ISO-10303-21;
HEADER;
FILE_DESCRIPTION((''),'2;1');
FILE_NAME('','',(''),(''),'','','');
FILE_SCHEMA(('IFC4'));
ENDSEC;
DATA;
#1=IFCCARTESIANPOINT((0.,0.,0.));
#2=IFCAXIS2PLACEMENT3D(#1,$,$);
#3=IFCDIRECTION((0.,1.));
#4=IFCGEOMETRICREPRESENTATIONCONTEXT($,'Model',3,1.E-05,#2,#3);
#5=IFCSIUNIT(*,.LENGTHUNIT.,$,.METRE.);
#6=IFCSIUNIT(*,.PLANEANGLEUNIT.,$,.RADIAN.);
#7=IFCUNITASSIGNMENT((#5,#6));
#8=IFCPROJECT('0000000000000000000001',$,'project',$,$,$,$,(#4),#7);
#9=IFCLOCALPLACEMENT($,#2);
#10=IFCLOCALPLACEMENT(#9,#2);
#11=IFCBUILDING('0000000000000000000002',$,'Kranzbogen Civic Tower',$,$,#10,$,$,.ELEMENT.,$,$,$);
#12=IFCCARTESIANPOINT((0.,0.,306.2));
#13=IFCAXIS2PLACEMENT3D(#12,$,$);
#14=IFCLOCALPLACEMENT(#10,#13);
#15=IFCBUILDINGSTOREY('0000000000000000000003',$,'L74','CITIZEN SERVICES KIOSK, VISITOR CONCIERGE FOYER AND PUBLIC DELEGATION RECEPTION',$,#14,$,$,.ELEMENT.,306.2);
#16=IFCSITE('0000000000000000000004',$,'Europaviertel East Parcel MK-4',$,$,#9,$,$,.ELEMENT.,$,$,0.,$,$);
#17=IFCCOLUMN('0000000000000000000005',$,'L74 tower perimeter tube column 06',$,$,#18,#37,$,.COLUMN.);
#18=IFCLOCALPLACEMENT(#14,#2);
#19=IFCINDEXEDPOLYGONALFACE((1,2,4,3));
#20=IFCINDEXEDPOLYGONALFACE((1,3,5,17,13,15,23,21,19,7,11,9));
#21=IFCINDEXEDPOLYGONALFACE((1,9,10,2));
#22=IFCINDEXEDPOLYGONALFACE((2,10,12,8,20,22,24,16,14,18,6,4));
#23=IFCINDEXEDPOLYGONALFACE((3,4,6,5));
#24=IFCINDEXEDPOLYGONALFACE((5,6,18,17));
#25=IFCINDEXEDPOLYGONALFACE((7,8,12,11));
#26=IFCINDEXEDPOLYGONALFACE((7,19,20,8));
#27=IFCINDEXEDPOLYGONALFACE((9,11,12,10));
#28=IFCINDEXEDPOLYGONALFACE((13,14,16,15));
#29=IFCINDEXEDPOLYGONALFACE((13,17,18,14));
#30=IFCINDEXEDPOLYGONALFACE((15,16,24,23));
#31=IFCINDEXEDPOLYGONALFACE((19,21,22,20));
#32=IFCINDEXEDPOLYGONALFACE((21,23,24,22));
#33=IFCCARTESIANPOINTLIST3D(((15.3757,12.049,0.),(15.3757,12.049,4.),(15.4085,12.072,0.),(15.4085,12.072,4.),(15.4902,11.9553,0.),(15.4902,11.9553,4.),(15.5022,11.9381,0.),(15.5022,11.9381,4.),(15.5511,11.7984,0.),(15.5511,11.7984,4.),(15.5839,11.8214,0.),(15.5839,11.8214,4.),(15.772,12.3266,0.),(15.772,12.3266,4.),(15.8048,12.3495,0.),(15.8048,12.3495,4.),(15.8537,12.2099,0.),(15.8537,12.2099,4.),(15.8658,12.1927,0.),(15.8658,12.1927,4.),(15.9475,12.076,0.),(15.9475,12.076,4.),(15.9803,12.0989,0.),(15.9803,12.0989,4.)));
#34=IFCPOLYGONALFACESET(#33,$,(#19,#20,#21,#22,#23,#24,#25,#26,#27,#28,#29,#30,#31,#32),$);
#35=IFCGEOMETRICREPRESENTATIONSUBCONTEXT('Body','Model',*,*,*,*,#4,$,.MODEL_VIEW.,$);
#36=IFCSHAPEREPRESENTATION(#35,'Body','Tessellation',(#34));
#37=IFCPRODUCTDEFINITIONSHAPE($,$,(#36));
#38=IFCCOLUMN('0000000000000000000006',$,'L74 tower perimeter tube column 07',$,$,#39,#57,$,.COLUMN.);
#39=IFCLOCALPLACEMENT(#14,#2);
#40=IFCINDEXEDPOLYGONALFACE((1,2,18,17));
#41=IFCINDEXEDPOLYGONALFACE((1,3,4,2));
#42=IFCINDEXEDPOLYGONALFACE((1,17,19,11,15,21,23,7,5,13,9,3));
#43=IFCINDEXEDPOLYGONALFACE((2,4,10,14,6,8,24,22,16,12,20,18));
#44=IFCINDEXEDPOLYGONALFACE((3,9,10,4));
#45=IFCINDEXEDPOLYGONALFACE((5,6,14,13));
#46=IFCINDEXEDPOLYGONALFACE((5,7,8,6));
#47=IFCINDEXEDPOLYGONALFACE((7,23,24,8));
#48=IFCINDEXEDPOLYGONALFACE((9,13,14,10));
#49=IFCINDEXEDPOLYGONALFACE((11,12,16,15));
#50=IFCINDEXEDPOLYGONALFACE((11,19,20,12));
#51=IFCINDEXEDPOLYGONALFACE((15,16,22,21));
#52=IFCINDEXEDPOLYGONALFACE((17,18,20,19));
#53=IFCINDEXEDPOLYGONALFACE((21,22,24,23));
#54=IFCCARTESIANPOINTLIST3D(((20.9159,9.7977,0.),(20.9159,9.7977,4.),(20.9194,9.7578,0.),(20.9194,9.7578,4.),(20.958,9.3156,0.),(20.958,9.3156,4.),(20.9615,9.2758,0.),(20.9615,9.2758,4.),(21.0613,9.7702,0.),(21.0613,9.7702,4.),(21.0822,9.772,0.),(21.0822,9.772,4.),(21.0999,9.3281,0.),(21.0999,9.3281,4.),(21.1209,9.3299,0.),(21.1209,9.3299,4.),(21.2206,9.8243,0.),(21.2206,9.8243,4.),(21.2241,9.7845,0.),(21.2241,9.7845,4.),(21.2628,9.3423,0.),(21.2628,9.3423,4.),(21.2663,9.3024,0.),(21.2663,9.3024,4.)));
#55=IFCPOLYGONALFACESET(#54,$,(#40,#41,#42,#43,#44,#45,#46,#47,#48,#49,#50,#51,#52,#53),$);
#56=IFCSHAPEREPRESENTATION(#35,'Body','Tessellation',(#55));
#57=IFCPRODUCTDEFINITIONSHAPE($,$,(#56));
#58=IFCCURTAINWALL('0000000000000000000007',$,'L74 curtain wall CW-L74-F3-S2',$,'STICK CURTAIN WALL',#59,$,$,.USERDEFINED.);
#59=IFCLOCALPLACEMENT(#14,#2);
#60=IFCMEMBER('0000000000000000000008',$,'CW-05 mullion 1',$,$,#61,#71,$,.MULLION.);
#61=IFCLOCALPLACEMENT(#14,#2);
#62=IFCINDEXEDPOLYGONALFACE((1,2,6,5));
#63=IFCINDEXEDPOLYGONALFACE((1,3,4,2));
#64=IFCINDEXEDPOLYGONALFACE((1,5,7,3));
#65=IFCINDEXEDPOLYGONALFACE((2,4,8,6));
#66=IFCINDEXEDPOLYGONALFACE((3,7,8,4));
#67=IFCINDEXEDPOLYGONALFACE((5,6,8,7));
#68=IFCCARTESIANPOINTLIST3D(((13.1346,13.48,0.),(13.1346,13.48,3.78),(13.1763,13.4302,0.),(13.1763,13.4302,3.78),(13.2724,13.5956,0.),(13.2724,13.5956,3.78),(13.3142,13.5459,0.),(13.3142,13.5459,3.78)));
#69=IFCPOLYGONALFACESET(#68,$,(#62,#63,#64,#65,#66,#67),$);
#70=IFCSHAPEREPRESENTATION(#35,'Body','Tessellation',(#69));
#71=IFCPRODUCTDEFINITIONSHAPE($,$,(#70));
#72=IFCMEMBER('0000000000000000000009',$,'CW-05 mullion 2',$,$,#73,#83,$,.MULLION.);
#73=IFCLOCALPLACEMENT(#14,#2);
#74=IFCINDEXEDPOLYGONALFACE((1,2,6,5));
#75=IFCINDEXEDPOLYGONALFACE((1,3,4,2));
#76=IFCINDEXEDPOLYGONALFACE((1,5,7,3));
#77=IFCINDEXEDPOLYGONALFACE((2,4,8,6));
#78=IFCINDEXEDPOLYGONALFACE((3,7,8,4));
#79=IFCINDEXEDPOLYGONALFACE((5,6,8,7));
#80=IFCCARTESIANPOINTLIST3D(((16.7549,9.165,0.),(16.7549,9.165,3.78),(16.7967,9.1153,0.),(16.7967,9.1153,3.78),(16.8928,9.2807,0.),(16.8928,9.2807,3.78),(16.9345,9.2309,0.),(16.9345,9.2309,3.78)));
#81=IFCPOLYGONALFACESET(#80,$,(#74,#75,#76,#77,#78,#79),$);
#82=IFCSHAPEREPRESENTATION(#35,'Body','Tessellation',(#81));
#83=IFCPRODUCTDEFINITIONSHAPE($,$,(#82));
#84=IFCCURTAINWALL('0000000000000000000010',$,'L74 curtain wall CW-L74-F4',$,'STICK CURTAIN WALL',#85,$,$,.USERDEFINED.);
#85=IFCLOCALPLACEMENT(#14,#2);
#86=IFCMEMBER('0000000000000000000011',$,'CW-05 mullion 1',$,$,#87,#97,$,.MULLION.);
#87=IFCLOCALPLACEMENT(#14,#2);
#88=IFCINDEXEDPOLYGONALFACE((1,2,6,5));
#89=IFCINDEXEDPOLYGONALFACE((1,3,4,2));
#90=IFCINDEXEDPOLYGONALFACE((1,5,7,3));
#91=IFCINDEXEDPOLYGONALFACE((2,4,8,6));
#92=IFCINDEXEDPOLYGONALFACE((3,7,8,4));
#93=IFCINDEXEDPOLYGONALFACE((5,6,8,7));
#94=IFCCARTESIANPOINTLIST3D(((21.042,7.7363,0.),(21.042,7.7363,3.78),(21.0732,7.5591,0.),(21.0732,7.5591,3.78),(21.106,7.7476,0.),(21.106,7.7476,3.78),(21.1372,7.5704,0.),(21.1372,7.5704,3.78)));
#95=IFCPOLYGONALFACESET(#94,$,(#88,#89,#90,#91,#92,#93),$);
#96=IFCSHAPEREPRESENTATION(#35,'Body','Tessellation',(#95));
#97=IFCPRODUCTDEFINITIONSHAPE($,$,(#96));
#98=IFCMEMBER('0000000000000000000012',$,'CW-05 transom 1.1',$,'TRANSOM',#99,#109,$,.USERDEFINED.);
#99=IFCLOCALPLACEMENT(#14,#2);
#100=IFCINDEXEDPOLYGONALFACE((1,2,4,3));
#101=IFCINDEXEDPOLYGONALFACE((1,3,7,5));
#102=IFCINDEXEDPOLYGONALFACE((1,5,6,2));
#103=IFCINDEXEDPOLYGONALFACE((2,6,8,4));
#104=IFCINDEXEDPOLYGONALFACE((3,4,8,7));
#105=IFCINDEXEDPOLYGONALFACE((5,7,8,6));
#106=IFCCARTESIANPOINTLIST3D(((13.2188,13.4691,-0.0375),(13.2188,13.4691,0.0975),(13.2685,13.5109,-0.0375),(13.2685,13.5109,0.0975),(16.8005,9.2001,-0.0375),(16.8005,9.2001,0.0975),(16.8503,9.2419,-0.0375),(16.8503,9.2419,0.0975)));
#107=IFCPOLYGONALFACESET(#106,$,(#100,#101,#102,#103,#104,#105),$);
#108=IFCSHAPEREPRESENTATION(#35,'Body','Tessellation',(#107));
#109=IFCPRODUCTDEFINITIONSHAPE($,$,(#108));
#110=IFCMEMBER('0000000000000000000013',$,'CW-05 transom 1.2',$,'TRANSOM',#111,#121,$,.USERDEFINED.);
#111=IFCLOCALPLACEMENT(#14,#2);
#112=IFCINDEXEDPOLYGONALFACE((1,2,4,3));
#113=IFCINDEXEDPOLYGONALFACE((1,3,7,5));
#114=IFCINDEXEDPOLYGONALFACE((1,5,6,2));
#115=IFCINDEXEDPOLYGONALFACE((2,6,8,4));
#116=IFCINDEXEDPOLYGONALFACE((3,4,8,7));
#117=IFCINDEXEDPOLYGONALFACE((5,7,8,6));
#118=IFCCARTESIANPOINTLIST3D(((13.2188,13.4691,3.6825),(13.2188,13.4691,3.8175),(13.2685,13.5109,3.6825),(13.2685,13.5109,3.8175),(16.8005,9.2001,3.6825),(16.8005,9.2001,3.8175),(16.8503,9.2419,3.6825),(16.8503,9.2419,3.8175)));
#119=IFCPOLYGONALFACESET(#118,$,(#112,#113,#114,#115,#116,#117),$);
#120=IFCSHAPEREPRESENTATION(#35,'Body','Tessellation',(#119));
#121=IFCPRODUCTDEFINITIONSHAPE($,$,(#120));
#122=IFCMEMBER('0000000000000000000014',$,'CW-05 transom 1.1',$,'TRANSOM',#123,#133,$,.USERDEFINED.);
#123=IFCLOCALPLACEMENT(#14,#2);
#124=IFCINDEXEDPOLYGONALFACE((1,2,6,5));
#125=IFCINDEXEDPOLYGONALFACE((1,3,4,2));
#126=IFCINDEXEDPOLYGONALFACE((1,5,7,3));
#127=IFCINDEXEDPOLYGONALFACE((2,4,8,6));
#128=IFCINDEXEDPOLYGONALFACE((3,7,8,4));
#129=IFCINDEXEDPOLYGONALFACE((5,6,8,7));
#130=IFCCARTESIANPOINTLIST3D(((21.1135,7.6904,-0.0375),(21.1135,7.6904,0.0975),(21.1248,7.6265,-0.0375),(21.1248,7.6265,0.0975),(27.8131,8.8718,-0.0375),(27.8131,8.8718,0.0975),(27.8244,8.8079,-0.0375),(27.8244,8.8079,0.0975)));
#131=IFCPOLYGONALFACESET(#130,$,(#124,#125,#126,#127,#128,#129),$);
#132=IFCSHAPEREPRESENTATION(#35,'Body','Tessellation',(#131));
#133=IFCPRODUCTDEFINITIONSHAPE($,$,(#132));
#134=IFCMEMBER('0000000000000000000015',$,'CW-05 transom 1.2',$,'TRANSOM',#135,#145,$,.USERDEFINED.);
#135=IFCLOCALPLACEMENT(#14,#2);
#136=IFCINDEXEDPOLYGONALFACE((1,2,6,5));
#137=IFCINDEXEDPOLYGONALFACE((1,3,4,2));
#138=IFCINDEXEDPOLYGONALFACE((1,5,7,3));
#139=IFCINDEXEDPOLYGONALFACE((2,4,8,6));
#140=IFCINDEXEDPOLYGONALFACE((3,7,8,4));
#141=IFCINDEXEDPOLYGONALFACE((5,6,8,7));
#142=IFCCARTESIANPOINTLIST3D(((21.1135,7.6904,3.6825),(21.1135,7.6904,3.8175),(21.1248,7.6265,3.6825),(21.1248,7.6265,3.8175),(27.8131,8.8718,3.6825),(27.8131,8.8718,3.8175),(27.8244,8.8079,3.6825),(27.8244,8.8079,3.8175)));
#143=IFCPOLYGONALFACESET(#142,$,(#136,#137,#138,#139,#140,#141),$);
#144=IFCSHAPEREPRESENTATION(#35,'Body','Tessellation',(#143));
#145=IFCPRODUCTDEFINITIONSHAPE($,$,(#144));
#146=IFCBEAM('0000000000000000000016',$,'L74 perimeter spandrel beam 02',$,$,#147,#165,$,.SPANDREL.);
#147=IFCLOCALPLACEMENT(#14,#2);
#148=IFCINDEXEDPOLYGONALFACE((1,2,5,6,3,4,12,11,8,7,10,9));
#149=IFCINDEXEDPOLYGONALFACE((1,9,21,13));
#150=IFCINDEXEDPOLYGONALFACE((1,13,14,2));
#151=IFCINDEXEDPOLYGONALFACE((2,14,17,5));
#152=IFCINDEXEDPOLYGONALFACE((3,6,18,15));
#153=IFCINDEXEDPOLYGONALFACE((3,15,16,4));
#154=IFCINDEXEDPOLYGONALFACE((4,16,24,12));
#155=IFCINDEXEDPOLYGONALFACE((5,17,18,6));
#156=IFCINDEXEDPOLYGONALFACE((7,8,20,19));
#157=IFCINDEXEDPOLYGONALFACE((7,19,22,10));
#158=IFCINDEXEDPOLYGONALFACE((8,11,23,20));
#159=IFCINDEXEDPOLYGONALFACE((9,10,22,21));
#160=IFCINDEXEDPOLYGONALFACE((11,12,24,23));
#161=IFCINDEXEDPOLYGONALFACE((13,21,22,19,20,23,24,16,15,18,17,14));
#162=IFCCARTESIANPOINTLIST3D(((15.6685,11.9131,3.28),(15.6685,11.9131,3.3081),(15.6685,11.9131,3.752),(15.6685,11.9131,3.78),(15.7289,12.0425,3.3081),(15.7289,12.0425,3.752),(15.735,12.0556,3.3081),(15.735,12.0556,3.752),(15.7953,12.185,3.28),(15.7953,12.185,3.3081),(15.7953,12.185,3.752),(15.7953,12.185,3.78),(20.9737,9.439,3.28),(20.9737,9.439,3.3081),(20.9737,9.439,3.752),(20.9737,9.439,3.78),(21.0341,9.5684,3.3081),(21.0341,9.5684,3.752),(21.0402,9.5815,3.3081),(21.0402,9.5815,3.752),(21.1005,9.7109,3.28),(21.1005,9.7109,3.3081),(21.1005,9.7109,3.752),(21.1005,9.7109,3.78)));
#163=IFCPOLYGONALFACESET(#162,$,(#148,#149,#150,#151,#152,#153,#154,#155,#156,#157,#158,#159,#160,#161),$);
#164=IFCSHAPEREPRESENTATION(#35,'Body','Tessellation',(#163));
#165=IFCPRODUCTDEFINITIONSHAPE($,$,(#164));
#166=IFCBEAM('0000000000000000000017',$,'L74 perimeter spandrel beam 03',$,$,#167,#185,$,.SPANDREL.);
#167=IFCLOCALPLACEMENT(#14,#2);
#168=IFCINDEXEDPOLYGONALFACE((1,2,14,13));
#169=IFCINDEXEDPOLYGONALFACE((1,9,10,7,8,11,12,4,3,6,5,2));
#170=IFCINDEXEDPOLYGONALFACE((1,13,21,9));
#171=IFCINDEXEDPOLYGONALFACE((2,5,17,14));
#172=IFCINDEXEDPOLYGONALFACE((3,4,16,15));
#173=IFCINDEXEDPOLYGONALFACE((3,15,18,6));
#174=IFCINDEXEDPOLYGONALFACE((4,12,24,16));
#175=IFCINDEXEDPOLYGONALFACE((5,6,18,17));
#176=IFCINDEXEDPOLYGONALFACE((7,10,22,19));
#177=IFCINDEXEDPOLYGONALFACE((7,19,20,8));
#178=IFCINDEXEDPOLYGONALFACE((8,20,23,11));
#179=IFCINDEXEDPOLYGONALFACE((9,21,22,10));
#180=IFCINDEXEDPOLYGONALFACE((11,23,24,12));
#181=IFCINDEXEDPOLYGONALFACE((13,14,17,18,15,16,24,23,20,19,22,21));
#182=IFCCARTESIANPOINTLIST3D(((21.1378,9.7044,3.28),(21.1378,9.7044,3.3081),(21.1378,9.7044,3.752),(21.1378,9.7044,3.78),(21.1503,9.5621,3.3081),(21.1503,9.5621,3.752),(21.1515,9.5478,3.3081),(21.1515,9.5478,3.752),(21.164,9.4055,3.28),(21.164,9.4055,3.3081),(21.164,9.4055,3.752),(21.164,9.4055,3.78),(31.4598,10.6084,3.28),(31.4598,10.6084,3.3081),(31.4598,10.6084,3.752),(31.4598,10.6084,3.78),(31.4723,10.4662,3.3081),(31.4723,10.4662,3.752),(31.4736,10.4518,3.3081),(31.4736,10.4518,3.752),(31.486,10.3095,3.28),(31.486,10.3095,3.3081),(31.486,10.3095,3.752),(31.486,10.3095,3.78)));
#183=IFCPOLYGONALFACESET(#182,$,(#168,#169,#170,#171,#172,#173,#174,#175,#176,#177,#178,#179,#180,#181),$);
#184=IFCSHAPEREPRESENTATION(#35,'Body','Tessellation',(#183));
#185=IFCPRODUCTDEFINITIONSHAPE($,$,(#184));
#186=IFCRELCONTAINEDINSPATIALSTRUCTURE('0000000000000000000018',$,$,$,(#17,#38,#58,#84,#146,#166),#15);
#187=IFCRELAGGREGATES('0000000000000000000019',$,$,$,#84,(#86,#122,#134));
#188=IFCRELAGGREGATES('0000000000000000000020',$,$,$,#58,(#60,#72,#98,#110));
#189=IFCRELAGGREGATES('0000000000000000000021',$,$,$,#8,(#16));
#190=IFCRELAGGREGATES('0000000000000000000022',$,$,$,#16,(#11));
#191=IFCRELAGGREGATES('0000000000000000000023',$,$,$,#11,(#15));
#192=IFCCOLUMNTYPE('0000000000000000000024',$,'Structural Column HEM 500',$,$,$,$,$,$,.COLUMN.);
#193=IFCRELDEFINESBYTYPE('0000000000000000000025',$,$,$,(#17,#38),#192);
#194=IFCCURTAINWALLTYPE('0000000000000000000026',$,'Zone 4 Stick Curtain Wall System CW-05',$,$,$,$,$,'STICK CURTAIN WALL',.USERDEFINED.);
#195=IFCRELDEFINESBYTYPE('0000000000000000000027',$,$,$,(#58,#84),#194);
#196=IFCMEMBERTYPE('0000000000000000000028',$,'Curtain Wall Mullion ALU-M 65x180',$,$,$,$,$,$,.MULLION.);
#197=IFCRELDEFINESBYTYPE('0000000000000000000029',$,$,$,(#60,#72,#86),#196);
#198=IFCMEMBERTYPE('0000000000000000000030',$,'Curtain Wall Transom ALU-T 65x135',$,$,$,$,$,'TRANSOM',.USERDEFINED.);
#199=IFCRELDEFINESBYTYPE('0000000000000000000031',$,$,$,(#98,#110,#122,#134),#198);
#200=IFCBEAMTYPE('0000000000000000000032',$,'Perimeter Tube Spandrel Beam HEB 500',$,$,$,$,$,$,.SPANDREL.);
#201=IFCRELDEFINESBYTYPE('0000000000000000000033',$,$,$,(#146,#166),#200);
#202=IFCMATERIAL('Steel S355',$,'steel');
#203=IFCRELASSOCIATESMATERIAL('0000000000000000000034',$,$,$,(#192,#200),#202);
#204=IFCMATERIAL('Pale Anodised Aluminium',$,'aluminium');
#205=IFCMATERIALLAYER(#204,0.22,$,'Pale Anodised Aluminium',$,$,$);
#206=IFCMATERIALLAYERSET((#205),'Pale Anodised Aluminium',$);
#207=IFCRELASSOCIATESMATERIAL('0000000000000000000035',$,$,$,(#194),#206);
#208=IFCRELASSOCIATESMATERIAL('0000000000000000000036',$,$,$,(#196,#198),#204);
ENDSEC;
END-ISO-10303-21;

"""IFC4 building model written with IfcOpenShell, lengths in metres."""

from ifc_helpers import new_model, si_unit, direction, frame, origin, origin_2d, place, context, subcontext, project, spatial, rectangle, i_section, extrude, material, layer, layer_set, material_profile, profile_set, type_object, element, aggregate, save


model = new_model("IFC4")

# Units and contexts
model_context = context("Model", 3, precision=1e-05, world=origin(), true_north=direction((0.0, 1.0)))
body_context = subcontext(model_context, "Body", "Model", "MODEL_VIEW")
ifc_project = project(units=[si_unit("LENGTHUNIT", "METRE"), si_unit("PLANEANGLEUNIT", "RADIAN")], contexts=[model_context])

# Site, building, storey
site_placement = place(None, origin())
site = spatial("IfcSite", under=ifc_project, at=site_placement, Name="Europaviertel East Parcel MK-4", CompositionType="ELEMENT", RefElevation=0.0)
building_placement = place(site_placement, origin())
building = spatial("IfcBuilding", under=site, at=building_placement, Name="Kranzbogen Civic Tower", CompositionType="ELEMENT")
storey_placement = place(building_placement, frame((0.0, 0.0, 306.2)))
storey = spatial("IfcBuildingStorey", under=building, at=storey_placement, Name="L74", Description="CITIZEN SERVICES KIOSK, VISITOR CONCIERGE FOYER AND PUBLIC DELEGATION RECEPTION", CompositionType="ELEMENT", Elevation=306.2)

# Columns
ifc_material_1 = material(Name="Steel S355", Category="steel")
ifc_material_profile_1 = material_profile(ifc_material_1, i_section(OverallWidth=0.3059, OverallDepth=0.5239, WebThickness=0.021, FlangeThickness=0.04, at=origin_2d()), Name="HEM 500")
ifc_profile_set_1 = profile_set([ifc_material_profile_1], Name="Steel S355")
column_type = type_object("IfcColumnType", Name="Structural Column HEM 500", PredefinedType="COLUMN", material=ifc_profile_set_1)
for number, where, z_axis, x_axis, name in (
    (1, (15.678, 12.074, 0.0), (0.0, 0.0, 1.0), (-0.573576, 0.819152, 0.0), "L74 tower perimeter tube column 06"),
    (2, (21.0911, 9.55, 0.0), (0.0, 0.0, 1.0), (0.996195, 0.087156, 0.0), "L74 tower perimeter tube column 07"),
):
    element("IfcColumn", number, at=place(storey_placement, frame(where, z_axis=z_axis, x_axis=x_axis)), inside=storey, type_object=column_type, Name=name, PredefinedType="COLUMN", context=body_context, shape_type="SweptSolid", body=[
        extrude(i_section(OverallWidth=0.3059, OverallDepth=0.5239, WebThickness=0.021, FlangeThickness=0.04, at=origin_2d()), origin(), (0.0, 0.0, 1.0), 4.0),
    ])

# Curtain wall, members
ifc_material_2 = material(Name="Pale Anodised Aluminium", Category="aluminium")
ifc_layer_1 = layer(ifc_material_2, 0.22, Name="Pale Anodised Aluminium")
ifc_layer_set_1 = layer_set([ifc_layer_1], Name="Pale Anodised Aluminium")
curtain_wall_type = type_object("IfcCurtainWallType", Name="Zone 4 Stick Curtain Wall System CW-05", ElementType="STICK CURTAIN WALL", PredefinedType="USERDEFINED", material=ifc_layer_set_1)
curtain_wall_1_placement = place(storey_placement, origin())
curtain_wall_1 = element("IfcCurtainWall", 3, at=curtain_wall_1_placement, inside=storey, type_object=curtain_wall_type, Name="L74 curtain wall CW-L74-F3-S2", ObjectType="STICK CURTAIN WALL", PredefinedType="USERDEFINED")
ifc_material_profile_2 = material_profile(ifc_material_2, rectangle(XDim=0.0649, YDim=0.1799, at=origin_2d()), Name="ALU-M 65x180")
ifc_profile_set_2 = profile_set([ifc_material_profile_2], Name="Pale Anodised Aluminium")
member_type_1 = type_object("IfcMemberType", Name="Curtain Wall Mullion ALU-M 65x180", PredefinedType="MULLION", material=ifc_profile_set_2)
member_1_placement = place(storey_placement, frame((13.2244, 13.5129, 0.0), z_axis=(0.0, 0.0, 1.0), x_axis=(0.642755, -0.766072, 0.0)))
member_1 = element("IfcMember", 4, at=member_1_placement, type_object=member_type_1, Name="CW-05 mullion 1", PredefinedType="MULLION", context=body_context, shape_type="SweptSolid", body=[
    extrude(rectangle(XDim=0.0649, YDim=0.1799, at=origin_2d()), origin(), (0.0, 0.0, 1.0), 3.78),
])
member_2_placement = place(storey_placement, frame((16.8447, 9.198, 0.0), z_axis=(0.0, 0.0, 1.0), x_axis=(0.642755, -0.766072, 0.0)))
member_2 = element("IfcMember", 5, at=member_2_placement, type_object=member_type_1, Name="CW-05 mullion 2", PredefinedType="MULLION", context=body_context, shape_type="SweptSolid", body=[
    extrude(rectangle(XDim=0.0649, YDim=0.1799, at=origin_2d()), origin(), (0.0, 0.0, 1.0), 3.78),
])

# Curtain wall, member
curtain_wall_2_placement = place(storey_placement, origin())
curtain_wall_2 = element("IfcCurtainWall", 6, at=curtain_wall_2_placement, inside=storey, type_object=curtain_wall_type, Name="L74 curtain wall CW-L74-F4", ObjectType="STICK CURTAIN WALL", PredefinedType="USERDEFINED")
member_3_placement = place(storey_placement, frame((21.0896, 7.6533, 0.0), z_axis=(0.0, 0.0, 1.0), x_axis=(0.984808, 0.173649, 0.0)))
member_3 = element("IfcMember", 7, at=member_3_placement, type_object=member_type_1, Name="CW-05 mullion 1", PredefinedType="MULLION", context=body_context, shape_type="SweptSolid", body=[
    extrude(rectangle(XDim=0.0649, YDim=0.1799, at=origin_2d()), origin(), (0.0, 0.0, 1.0), 3.78),
])

# Members
ifc_material_profile_3 = material_profile(ifc_material_2, rectangle(XDim=0.0649, YDim=0.135, at=origin_2d()), Name="ALU-T 65x135")
ifc_profile_set_3 = profile_set([ifc_material_profile_3], Name="Pale Anodised Aluminium")
member_type_2 = type_object("IfcMemberType", Name="Curtain Wall Transom ALU-T 65x135", ElementType="TRANSOM", PredefinedType="USERDEFINED", material=ifc_profile_set_3)
member_4_placement = place(storey_placement, frame((13.2437, 13.49, 0.03), z_axis=(0.642749, -0.766077, 0.0), x_axis=(0.766077, 0.642749, 0.0)))
member_4 = element("IfcMember", 8, at=member_4_placement, type_object=member_type_2, Name="CW-05 transom 1.1", ObjectType="TRANSOM", PredefinedType="USERDEFINED", context=body_context, shape_type="SweptSolid", body=[
    extrude(rectangle(XDim=0.0649, YDim=0.135, at=origin_2d()), origin(), (0.0, 0.0, 1.0), 5.5725),
])
member_5_placement = place(storey_placement, frame((13.2437, 13.49, 3.75), z_axis=(0.642749, -0.766077, 0.0), x_axis=(0.766077, 0.642749, 0.0)))
member_5 = element("IfcMember", 9, at=member_5_placement, type_object=member_type_2, Name="CW-05 transom 1.2", ObjectType="TRANSOM", PredefinedType="USERDEFINED", context=body_context, shape_type="SweptSolid", body=[
    extrude(rectangle(XDim=0.0649, YDim=0.135, at=origin_2d()), origin(), (0.0, 0.0, 1.0), 5.5725),
])
member_6_placement = place(storey_placement, frame((21.1191, 7.6584, 0.03), z_axis=(0.984806, 0.173656, 0.0), x_axis=(-0.173656, 0.984806, 0.0)))
member_6 = element("IfcMember", 10, at=member_6_placement, type_object=member_type_2, Name="CW-05 transom 1.1", ObjectType="TRANSOM", PredefinedType="USERDEFINED", context=body_context, shape_type="SweptSolid", body=[
    extrude(rectangle(XDim=0.0649, YDim=0.135, at=origin_2d()), origin(), (0.0, 0.0, 1.0), 6.803),
])
member_7_placement = place(storey_placement, frame((21.1191, 7.6584, 3.75), z_axis=(0.984806, 0.173656, 0.0), x_axis=(-0.173656, 0.984806, 0.0)))
member_7 = element("IfcMember", 11, at=member_7_placement, type_object=member_type_2, Name="CW-05 transom 1.2", ObjectType="TRANSOM", PredefinedType="USERDEFINED", context=body_context, shape_type="SweptSolid", body=[
    extrude(rectangle(XDim=0.0649, YDim=0.135, at=origin_2d()), origin(), (0.0, 0.0, 1.0), 6.803),
])
aggregate(curtain_wall_2, [member_3, member_6, member_7])

# Beams
ifc_material_profile_4 = material_profile(ifc_material_1, i_section(OverallWidth=0.3, OverallDepth=0.5, WebThickness=0.0144, FlangeThickness=0.0281, at=origin_2d()), Name="HEB 500")
ifc_profile_set_4 = profile_set([ifc_material_profile_4], Name="Steel S355")
beam_type_1 = type_object("IfcBeamType", Name="Perimeter Tube Spandrel Beam HEB 500", PredefinedType="SPANDREL", material=ifc_profile_set_4)
beam_1_placement = place(storey_placement, frame((15.7319, 12.0491, 3.53), z_axis=(0.90629, -0.422657, 0.0), x_axis=(0.422657, 0.90629, 0.0)))
element("IfcBeam", 12, at=beam_1_placement, inside=storey, type_object=beam_type_1, Name="L74 perimeter spandrel beam 02", PredefinedType="SPANDREL", context=body_context, shape_type="SweptSolid", body=[
    extrude(i_section(OverallWidth=0.3, OverallDepth=0.5, WebThickness=0.0144, FlangeThickness=0.0281, at=origin_2d()), origin(), (0.0, 0.0, 1.0), 5.8538),
])
beam_2_placement = place(storey_placement, frame((21.1509, 9.5549, 3.53), z_axis=(0.996186, 0.087251, 0.0), x_axis=(-0.087251, 0.996186, 0.0)))
element("IfcBeam", 13, at=beam_2_placement, inside=storey, type_object=beam_type_1, Name="L74 perimeter spandrel beam 03", PredefinedType="SPANDREL", context=body_context, shape_type="SweptSolid", body=[
    extrude(i_section(OverallWidth=0.3, OverallDepth=0.5, WebThickness=0.0144, FlangeThickness=0.0281, at=origin_2d()), origin(), (0.0, 0.0, 1.0), 10.3616),
])

aggregate(curtain_wall_1, [member_1, member_2, member_4, member_5])

save(model, "model.ifc")
